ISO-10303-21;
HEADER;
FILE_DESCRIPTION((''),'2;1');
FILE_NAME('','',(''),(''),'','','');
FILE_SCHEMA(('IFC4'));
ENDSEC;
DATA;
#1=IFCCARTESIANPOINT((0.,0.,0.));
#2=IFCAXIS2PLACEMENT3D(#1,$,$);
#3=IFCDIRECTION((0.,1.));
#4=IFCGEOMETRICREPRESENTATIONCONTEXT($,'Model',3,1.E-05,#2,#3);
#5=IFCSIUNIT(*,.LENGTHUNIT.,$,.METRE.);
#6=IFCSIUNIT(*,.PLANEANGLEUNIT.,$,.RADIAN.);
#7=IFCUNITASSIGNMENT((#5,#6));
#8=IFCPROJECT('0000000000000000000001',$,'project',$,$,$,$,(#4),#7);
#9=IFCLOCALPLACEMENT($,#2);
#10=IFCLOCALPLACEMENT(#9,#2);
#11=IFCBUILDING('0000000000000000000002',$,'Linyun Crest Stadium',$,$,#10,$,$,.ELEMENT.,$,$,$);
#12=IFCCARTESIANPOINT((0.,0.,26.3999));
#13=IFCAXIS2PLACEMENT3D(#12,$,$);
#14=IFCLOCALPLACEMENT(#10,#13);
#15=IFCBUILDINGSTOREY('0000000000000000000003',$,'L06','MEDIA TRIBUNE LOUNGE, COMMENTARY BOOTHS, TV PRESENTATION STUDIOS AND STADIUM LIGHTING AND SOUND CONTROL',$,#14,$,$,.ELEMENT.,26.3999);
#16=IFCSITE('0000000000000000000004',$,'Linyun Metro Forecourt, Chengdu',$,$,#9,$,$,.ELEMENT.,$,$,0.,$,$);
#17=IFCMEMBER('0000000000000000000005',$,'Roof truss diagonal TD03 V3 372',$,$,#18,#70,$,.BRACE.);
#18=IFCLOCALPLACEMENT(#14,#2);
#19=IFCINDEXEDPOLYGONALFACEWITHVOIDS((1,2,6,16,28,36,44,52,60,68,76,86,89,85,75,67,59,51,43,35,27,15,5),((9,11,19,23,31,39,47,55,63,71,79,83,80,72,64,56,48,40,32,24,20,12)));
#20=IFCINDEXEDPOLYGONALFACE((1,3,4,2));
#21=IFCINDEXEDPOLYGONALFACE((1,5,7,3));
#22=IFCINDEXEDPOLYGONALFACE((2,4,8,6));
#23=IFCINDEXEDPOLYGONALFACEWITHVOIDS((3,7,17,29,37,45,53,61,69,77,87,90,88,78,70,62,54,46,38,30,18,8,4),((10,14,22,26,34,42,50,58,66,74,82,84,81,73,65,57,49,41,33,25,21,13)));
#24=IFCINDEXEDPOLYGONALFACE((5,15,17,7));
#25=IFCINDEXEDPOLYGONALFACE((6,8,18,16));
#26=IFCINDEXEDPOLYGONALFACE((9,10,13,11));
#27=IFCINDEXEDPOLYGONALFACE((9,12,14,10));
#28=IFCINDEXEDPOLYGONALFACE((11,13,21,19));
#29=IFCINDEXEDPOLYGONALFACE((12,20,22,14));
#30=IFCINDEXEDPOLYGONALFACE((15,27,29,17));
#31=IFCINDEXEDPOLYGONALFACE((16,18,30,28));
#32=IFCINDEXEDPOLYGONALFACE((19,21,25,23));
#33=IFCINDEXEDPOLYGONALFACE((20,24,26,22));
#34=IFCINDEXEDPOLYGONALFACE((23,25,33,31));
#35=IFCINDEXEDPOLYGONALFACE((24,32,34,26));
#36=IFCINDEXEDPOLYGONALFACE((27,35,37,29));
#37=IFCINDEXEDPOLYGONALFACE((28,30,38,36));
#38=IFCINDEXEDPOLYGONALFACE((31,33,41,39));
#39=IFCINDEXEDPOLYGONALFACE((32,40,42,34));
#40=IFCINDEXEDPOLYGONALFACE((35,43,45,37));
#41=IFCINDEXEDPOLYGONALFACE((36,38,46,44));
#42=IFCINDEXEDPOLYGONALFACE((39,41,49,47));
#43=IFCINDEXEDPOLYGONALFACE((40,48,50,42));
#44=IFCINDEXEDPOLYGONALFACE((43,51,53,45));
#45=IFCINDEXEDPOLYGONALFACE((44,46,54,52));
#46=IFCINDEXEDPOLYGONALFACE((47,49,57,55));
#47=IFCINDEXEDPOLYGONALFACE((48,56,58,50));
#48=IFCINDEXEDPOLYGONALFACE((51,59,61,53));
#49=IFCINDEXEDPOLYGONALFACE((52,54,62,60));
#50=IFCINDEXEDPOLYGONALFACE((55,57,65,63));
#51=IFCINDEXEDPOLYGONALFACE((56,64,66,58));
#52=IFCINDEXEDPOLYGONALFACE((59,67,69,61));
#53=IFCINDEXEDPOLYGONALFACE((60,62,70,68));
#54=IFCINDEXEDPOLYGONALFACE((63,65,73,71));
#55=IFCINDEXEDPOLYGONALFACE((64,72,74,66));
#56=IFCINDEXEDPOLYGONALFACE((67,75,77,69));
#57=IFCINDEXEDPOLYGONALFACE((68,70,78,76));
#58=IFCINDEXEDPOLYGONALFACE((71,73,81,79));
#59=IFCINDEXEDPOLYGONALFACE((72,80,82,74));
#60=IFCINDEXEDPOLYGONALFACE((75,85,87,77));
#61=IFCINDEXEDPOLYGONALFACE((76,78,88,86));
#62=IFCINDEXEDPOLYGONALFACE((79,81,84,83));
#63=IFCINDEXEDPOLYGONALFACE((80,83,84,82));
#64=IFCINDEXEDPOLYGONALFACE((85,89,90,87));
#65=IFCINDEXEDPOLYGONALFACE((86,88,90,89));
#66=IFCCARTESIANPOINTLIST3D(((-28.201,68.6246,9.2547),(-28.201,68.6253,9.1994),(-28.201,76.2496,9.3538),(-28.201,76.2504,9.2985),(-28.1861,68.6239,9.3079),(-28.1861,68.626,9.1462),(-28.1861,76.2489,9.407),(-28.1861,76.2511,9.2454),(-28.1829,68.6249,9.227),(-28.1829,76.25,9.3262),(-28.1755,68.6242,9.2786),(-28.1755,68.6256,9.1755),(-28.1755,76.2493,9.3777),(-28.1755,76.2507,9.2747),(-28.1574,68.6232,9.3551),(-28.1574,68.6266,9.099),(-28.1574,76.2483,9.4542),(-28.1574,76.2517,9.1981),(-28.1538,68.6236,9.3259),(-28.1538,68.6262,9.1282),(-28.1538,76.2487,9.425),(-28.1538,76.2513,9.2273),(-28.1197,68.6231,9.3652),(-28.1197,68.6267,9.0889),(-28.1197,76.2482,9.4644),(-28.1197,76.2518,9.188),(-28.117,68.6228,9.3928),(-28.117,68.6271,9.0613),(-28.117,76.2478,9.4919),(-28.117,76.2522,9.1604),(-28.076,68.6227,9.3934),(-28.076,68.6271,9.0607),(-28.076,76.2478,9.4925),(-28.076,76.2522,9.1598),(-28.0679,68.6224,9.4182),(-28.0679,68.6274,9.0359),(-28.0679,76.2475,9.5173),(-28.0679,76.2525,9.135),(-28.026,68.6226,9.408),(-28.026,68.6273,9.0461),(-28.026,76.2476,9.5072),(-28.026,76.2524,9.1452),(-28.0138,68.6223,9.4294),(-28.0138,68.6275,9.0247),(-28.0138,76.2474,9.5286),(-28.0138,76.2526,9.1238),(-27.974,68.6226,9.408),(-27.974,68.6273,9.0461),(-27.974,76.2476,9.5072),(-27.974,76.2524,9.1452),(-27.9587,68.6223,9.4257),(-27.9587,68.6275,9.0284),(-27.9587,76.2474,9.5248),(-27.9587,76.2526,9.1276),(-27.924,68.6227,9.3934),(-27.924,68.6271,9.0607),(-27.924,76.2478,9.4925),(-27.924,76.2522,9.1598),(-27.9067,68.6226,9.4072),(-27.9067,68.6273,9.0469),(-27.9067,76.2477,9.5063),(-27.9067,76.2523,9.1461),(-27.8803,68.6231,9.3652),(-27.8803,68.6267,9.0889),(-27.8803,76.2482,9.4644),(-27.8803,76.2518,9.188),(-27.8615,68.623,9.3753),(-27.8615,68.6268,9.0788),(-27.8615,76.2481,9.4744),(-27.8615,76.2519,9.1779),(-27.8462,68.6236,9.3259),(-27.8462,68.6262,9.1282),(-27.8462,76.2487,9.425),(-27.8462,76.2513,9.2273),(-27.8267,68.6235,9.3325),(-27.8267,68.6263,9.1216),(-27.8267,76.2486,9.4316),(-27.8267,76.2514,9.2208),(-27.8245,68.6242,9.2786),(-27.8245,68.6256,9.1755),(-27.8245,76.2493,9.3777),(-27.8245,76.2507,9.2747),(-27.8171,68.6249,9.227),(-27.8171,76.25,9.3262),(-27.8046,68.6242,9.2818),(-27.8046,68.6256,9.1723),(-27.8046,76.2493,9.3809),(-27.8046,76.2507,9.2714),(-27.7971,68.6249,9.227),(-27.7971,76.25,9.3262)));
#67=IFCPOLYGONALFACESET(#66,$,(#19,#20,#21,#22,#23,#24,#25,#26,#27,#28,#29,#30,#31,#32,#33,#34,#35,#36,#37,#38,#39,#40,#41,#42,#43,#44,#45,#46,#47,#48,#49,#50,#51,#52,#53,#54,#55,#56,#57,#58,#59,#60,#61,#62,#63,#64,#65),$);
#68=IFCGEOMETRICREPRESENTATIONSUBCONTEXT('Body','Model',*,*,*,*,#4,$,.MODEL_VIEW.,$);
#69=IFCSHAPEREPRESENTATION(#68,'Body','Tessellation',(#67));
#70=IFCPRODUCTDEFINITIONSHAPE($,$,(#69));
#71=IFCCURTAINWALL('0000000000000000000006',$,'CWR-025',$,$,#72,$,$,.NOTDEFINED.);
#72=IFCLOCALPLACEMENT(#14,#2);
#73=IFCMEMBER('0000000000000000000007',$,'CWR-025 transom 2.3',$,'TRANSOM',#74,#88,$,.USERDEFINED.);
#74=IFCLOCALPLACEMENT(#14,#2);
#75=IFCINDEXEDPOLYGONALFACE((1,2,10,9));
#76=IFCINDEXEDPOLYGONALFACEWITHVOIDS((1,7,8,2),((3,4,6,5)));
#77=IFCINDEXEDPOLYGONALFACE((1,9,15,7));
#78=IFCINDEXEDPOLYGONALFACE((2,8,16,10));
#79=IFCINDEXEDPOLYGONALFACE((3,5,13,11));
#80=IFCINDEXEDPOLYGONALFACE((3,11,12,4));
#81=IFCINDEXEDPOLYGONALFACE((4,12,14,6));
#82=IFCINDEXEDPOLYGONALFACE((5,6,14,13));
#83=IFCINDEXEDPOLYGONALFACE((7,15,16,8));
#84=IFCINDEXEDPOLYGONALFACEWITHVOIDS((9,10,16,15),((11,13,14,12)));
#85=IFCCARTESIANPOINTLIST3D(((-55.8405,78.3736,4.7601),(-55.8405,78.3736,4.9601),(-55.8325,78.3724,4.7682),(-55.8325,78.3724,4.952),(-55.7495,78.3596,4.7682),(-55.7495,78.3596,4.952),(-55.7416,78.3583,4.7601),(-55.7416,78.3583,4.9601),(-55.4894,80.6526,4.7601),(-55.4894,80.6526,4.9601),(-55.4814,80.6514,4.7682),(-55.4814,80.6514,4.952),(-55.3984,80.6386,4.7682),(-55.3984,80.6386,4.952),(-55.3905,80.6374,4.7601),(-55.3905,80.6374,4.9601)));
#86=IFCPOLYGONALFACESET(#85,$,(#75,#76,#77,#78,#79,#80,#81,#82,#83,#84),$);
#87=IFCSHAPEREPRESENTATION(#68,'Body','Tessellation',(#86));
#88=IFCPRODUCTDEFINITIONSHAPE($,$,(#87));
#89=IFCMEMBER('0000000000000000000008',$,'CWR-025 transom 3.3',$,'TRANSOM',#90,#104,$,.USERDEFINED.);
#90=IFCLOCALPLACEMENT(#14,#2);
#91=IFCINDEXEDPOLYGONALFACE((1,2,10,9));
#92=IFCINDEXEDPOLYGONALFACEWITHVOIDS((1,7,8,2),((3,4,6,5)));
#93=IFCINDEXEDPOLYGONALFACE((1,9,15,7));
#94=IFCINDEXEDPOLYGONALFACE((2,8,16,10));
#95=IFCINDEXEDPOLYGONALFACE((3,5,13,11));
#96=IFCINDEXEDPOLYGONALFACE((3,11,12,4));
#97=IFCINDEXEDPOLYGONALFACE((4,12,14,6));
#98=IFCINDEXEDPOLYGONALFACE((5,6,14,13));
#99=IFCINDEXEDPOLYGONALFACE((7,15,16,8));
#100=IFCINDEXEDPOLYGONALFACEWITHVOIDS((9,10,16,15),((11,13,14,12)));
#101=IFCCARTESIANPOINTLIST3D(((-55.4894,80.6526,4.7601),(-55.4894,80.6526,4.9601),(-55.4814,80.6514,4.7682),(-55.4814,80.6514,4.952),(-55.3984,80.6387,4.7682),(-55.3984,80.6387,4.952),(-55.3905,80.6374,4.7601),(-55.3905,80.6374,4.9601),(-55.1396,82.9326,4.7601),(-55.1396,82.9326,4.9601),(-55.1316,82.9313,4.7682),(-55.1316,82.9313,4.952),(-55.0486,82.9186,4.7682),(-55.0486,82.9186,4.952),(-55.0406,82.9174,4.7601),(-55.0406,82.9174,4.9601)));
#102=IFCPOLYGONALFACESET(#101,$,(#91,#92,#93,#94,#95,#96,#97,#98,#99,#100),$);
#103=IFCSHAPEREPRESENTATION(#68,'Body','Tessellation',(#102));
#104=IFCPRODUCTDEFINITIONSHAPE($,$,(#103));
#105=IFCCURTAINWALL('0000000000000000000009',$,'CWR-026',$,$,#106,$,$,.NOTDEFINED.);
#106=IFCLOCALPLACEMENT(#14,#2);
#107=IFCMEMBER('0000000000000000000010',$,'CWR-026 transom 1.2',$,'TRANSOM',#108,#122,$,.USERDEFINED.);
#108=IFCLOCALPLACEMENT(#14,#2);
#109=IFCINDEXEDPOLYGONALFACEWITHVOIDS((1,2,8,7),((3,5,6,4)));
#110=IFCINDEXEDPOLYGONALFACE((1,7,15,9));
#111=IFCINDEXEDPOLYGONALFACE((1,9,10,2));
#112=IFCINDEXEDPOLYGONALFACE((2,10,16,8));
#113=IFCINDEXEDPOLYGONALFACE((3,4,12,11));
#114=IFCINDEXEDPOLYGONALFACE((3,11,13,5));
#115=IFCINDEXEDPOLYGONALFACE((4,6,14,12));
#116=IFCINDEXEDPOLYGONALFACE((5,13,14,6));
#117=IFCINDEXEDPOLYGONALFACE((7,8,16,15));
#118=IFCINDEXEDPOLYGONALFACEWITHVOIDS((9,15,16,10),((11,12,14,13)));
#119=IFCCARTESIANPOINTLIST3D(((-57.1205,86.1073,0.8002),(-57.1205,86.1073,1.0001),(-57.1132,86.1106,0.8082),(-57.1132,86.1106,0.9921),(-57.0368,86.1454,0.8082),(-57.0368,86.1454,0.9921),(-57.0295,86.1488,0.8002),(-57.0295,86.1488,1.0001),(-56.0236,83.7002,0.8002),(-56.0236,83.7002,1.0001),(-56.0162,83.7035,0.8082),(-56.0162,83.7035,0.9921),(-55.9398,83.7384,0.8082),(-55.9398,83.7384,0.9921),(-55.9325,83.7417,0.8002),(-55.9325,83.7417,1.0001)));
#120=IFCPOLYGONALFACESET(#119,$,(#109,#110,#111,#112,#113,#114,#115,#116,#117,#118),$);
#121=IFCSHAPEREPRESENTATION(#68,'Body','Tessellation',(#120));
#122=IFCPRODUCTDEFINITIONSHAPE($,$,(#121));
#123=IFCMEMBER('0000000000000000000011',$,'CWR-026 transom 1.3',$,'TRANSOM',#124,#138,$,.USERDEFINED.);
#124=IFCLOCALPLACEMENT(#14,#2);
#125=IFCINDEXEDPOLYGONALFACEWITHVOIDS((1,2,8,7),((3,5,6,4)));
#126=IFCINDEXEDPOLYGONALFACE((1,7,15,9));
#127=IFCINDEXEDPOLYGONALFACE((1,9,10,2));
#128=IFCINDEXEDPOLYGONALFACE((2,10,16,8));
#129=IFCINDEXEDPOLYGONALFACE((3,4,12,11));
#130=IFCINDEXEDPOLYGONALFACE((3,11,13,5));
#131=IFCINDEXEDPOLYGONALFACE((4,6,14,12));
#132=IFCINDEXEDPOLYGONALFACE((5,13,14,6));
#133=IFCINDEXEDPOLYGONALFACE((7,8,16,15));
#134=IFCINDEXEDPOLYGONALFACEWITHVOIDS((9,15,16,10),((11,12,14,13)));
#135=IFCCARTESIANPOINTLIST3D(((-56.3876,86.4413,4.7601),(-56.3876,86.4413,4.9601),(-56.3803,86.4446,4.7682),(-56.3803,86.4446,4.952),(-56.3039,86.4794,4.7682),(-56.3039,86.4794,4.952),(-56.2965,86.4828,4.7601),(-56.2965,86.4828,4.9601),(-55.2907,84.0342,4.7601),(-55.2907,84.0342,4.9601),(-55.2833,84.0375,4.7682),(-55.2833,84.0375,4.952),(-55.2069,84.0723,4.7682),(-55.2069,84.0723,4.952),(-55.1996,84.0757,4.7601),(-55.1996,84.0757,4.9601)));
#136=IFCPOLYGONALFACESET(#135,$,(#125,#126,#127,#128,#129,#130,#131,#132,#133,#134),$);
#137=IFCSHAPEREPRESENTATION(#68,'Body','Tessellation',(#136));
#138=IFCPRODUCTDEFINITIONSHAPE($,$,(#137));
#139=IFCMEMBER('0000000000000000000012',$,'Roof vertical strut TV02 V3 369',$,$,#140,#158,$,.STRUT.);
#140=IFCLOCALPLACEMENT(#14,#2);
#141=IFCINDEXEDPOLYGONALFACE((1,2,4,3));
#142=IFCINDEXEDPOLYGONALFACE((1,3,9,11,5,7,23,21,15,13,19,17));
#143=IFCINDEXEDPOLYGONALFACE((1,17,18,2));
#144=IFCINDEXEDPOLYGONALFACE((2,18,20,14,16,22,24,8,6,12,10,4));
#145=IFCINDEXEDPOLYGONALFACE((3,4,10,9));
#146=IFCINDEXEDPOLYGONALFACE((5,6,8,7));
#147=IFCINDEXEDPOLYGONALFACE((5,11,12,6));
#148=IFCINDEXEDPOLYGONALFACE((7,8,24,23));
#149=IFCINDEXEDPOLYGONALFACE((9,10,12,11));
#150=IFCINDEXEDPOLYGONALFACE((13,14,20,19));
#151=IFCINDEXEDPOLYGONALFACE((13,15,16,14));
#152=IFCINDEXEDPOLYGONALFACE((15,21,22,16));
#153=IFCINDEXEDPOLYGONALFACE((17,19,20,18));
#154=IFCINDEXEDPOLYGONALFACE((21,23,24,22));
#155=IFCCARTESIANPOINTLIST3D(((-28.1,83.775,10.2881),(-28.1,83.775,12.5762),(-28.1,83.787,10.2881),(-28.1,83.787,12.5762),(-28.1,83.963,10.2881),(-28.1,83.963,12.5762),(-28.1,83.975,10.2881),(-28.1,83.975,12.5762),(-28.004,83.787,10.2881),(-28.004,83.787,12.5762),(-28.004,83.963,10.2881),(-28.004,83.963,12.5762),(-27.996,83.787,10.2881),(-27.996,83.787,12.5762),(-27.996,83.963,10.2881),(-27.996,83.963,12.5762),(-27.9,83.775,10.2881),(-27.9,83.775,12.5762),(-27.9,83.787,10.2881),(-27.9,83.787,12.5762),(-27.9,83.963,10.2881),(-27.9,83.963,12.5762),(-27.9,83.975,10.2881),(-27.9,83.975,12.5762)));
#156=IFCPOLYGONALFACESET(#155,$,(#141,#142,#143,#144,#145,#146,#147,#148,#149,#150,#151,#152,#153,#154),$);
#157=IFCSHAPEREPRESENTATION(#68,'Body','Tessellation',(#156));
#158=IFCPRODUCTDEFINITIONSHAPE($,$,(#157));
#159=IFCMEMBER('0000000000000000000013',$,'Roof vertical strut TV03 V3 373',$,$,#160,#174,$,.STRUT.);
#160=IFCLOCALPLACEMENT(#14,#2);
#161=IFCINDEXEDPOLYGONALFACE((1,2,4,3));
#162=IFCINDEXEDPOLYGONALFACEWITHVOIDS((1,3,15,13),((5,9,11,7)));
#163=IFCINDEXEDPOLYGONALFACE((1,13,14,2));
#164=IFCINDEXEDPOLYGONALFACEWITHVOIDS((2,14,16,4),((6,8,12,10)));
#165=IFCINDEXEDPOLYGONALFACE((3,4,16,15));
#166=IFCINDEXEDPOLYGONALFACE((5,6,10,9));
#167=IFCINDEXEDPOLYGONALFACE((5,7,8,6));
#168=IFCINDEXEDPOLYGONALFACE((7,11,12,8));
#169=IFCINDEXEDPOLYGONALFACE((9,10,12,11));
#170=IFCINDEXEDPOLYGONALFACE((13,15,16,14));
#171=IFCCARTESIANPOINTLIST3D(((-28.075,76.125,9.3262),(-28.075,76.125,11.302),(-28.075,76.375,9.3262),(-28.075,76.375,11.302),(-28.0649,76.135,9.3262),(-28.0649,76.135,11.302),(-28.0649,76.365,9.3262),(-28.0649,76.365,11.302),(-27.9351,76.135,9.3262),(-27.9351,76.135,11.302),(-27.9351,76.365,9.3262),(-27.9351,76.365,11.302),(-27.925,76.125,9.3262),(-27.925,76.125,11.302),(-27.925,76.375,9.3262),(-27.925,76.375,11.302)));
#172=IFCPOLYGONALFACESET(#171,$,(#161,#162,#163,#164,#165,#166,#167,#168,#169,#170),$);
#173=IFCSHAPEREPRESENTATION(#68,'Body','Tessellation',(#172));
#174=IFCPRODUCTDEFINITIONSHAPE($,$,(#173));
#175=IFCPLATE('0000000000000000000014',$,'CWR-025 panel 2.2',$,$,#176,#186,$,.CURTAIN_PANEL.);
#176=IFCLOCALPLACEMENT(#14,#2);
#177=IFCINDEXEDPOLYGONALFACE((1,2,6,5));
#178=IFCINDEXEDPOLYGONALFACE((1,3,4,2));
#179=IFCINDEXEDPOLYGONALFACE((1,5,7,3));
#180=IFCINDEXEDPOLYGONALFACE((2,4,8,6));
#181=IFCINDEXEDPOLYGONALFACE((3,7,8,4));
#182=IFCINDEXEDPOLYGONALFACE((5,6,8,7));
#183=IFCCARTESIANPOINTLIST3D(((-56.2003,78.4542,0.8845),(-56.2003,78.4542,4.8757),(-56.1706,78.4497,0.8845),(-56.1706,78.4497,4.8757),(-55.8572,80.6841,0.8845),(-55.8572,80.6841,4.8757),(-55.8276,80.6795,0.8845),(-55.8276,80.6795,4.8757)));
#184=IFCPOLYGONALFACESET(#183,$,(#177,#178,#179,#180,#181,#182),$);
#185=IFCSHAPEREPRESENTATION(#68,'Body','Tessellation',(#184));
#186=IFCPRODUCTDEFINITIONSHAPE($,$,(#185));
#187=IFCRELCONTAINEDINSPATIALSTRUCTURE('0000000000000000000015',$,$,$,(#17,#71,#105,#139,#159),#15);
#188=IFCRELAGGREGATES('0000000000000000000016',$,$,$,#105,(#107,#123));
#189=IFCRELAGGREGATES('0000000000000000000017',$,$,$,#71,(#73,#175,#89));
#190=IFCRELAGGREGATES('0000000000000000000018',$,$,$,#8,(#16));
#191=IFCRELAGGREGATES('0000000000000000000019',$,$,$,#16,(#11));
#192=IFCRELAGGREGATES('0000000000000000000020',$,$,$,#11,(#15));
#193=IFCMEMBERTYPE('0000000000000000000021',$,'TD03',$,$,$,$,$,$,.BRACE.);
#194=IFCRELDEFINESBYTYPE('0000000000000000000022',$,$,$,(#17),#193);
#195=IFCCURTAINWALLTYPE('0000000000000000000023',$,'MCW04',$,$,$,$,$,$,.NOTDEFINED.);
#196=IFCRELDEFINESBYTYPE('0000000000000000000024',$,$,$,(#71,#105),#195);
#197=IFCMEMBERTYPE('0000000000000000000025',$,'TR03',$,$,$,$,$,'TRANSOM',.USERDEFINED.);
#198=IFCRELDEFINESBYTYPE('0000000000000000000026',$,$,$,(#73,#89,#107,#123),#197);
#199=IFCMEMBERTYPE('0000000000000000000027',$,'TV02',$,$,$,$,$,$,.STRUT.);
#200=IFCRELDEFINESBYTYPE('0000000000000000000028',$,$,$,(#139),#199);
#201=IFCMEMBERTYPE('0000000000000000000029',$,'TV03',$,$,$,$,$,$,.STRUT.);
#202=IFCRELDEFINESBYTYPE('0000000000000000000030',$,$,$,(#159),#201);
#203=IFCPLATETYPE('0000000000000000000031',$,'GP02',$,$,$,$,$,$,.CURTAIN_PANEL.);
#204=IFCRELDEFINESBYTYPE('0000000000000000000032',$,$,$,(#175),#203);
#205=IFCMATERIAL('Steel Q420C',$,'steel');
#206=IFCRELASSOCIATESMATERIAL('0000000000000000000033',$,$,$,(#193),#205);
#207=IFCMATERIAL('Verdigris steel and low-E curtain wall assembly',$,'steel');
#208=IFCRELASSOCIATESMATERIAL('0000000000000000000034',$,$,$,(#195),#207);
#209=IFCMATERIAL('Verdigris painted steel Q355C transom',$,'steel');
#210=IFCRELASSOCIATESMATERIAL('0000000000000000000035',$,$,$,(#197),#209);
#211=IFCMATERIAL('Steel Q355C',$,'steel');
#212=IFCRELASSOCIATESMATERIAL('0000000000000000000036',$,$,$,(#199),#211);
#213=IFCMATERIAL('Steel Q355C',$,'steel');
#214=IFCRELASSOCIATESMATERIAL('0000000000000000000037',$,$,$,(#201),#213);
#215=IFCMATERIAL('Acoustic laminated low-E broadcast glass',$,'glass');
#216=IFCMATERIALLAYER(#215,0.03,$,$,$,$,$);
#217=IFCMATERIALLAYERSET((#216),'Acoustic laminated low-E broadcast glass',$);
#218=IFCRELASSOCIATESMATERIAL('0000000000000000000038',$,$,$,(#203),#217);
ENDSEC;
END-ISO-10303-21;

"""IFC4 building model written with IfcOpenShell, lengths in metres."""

from ifc_helpers import new_model, si_unit, direction, frame, origin, origin_2d, place, context, subcontext, project, spatial, rectangle, hollow_rectangle, hollow_circle, i_section, extrude, material, layer, layer_set, material_profile, profile_set, type_object, element, aggregate, save


model = new_model("IFC4")

# Units and contexts
model_context = context("Model", 3, precision=1e-05, world=origin(), true_north=direction((0.0, 1.0)))
body_context = subcontext(model_context, "Body", "Model", "MODEL_VIEW")
ifc_project = project(units=[si_unit("LENGTHUNIT", "METRE"), si_unit("PLANEANGLEUNIT", "RADIAN")], contexts=[model_context])

# Site, building, storey
site_placement = place(None, origin())
site = spatial("IfcSite", under=ifc_project, at=site_placement, Name="Linyun Metro Forecourt, Chengdu", CompositionType="ELEMENT", RefElevation=0.0)
building_placement = place(site_placement, origin())
building = spatial("IfcBuilding", under=site, at=building_placement, Name="Linyun Crest Stadium", CompositionType="ELEMENT")
storey_placement = place(building_placement, frame((0.0, 0.0, 26.3999)))
storey = spatial("IfcBuildingStorey", under=building, at=storey_placement, Name="L06", Description="MEDIA TRIBUNE LOUNGE, COMMENTARY BOOTHS, TV PRESENTATION STUDIOS AND STADIUM LIGHTING AND SOUND CONTROL", CompositionType="ELEMENT", Elevation=26.3999)

# Member
ifc_material_1 = material(Name="Steel Q420C", Category="steel")
ifc_material_profile_1 = material_profile(ifc_material_1, hollow_circle(Radius=0.2029, WallThickness=0.02, at=origin_2d()), Name="CHS 406x20")
ifc_profile_set_1 = profile_set([ifc_material_profile_1], Name="Steel Q420C")
member_type_1 = type_object("IfcMemberType", Name="TD03", PredefinedType="BRACE", material=ifc_profile_set_1)
member_1_placement = place(storey_placement, frame((-28.0, 76.25, 9.3262), z_axis=(0.0, -0.999916, -0.012998), x_axis=(1.0, 0.0, 0.0)))
element("IfcMember", 1, at=member_1_placement, inside=storey, type_object=member_type_1, Name="Roof truss diagonal TD03 V3 372", PredefinedType="BRACE", context=body_context, shape_type="SweptSolid", body=[
    extrude(hollow_circle(Radius=0.2029, WallThickness=0.02, at=origin_2d()), origin(), (0.0, 0.0, 1.0), 7.6257),
])

# Curtain walls, members
ifc_material_2 = material(Name="Verdigris steel and low-E curtain wall assembly", Category="steel")
curtain_wall_type = type_object("IfcCurtainWallType", Name="MCW04", PredefinedType="NOTDEFINED", material=ifc_material_2)
curtain_wall_1_placement = place(storey_placement, origin())
curtain_wall_1 = element("IfcCurtainWall", 2, at=curtain_wall_1_placement, inside=storey, type_object=curtain_wall_type, Name="CWR-025", PredefinedType="NOTDEFINED")
ifc_material_3 = material(Name="Verdigris painted steel Q355C transom", Category="steel")
ifc_material_profile_2 = material_profile(ifc_material_3, hollow_rectangle(XDim=0.1001, YDim=0.2, WallThickness=0.0081, at=origin_2d()), Name="RHS 200x100x8")
ifc_profile_set_2 = profile_set([ifc_material_profile_2], Name="Verdigris painted steel Q355C transom")
member_type_2 = type_object("IfcMemberType", Name="TR03", ElementType="TRANSOM", PredefinedType="USERDEFINED", material=ifc_profile_set_2)
member_2_placement = place(storey_placement, frame((-55.791, 78.366, 4.8601), z_axis=(0.152248, 0.988342, 0.0), x_axis=(-0.988342, 0.152248, 0.0)))
member_2 = element("IfcMember", 3, at=member_2_placement, type_object=member_type_2, Name="CWR-025 transom 2.3", ObjectType="TRANSOM", PredefinedType="USERDEFINED", context=body_context, shape_type="SweptSolid", body=[
    extrude(hollow_rectangle(XDim=0.1001, YDim=0.2, WallThickness=0.0081, at=origin_2d()), origin(), (0.0, 0.0, 1.0), 2.3059),
])
member_3_placement = place(storey_placement, frame((-55.4399, 80.645, 4.8601), z_axis=(0.151667, 0.988432, 0.0), x_axis=(-0.988432, 0.151667, 0.0)))
member_3 = element("IfcMember", 4, at=member_3_placement, type_object=member_type_2, Name="CWR-025 transom 3.3", ObjectType="TRANSOM", PredefinedType="USERDEFINED", context=body_context, shape_type="SweptSolid", body=[
    extrude(hollow_rectangle(XDim=0.1001, YDim=0.2, WallThickness=0.0081, at=origin_2d()), origin(), (0.0, 0.0, 1.0), 2.3066),
])
curtain_wall_2_placement = place(storey_placement, origin())
curtain_wall_2 = element("IfcCurtainWall", 5, at=curtain_wall_2_placement, inside=storey, type_object=curtain_wall_type, Name="CWR-026", PredefinedType="NOTDEFINED")
member_4_placement = place(storey_placement, frame((-55.978, 83.7209, 0.9001), z_axis=(-0.414693, 0.909961, 0.0), x_axis=(-0.909961, -0.414693, 0.0)))
member_4 = element("IfcMember", 6, at=member_4_placement, type_object=member_type_2, Name="CWR-026 transom 1.2", ObjectType="TRANSOM", PredefinedType="USERDEFINED", context=body_context, shape_type="SweptSolid", body=[
    extrude(hollow_rectangle(XDim=0.1001, YDim=0.2, WallThickness=0.0081, at=origin_2d()), origin(), (0.0, 0.0, 1.0), 2.6453),
])
member_5_placement = place(storey_placement, frame((-55.2451, 84.0549, 4.8601), z_axis=(-0.414693, 0.909961, 0.0), x_axis=(-0.909961, -0.414693, 0.0)))
member_5 = element("IfcMember", 7, at=member_5_placement, type_object=member_type_2, Name="CWR-026 transom 1.3", ObjectType="TRANSOM", PredefinedType="USERDEFINED", context=body_context, shape_type="SweptSolid", body=[
    extrude(hollow_rectangle(XDim=0.1001, YDim=0.2, WallThickness=0.0081, at=origin_2d()), origin(), (0.0, 0.0, 1.0), 2.6453),
])
aggregate(curtain_wall_2, [member_4, member_5])

# Members
ifc_material_4 = material(Name="Steel Q355C", Category="steel")
ifc_material_profile_3 = material_profile(ifc_material_4, i_section(OverallWidth=0.2, OverallDepth=0.2, WebThickness=0.0081, FlangeThickness=0.012, at=origin_2d()), Name="HW 200x200")
ifc_profile_set_3 = profile_set([ifc_material_profile_3], Name="Steel Q355C")
member_type_3 = type_object("IfcMemberType", Name="TV02", PredefinedType="STRUT", material=ifc_profile_set_3)
member_6_placement = place(storey_placement, frame((-28.0, 83.875, 10.2881), z_axis=(0.0, 0.0, 1.0), x_axis=(1.0, 0.0, 0.0)))
element("IfcMember", 8, at=member_6_placement, inside=storey, type_object=member_type_3, Name="Roof vertical strut TV02 V3 369", PredefinedType="STRUT", context=body_context, shape_type="SweptSolid", body=[
    extrude(i_section(OverallWidth=0.2, OverallDepth=0.2, WebThickness=0.0081, FlangeThickness=0.012, at=origin_2d()), origin(), (0.0, 0.0, 1.0), 2.2881),
])
ifc_material_5 = material(Name="Steel Q355C", Category="steel")
ifc_material_profile_4 = material_profile(ifc_material_5, hollow_rectangle(XDim=0.1499, YDim=0.25, WallThickness=0.01, at=origin_2d()), Name="RHS 250x150x10")
ifc_profile_set_4 = profile_set([ifc_material_profile_4], Name="Steel Q355C")
member_type_4 = type_object("IfcMemberType", Name="TV03", PredefinedType="STRUT", material=ifc_profile_set_4)
member_7_placement = place(storey_placement, frame((-28.0, 76.25, 9.3262), z_axis=(0.0, 0.0, 1.0), x_axis=(1.0, 0.0, 0.0)))
element("IfcMember", 9, at=member_7_placement, inside=storey, type_object=member_type_4, Name="Roof vertical strut TV03 V3 373", PredefinedType="STRUT", context=body_context, shape_type="SweptSolid", body=[
    extrude(hollow_rectangle(XDim=0.1499, YDim=0.25, WallThickness=0.01, at=origin_2d()), origin(), (0.0, 0.0, 1.0), 1.9758),
])

# Plate
ifc_material_6 = material(Name="Acoustic laminated low-E broadcast glass", Category="glass")
ifc_layer_1 = layer(ifc_material_6, 0.03)
ifc_layer_set_1 = layer_set([ifc_layer_1], Name="Acoustic laminated low-E broadcast glass")
plate_type_1 = type_object("IfcPlateType", Name="GP02", PredefinedType="CURTAIN_PANEL", material=ifc_layer_set_1)
plate_1_placement = place(storey_placement, frame((-56.0139, 79.5669, 0.8845), z_axis=(0.0, 0.0, 1.0), x_axis=(0.152054, 0.988372, 0.0)))
plate_1 = element("IfcPlate", 10, at=plate_1_placement, type_object=plate_type_1, Name="CWR-025 panel 2.2", PredefinedType="CURTAIN_PANEL", context=body_context, shape_type="SweptSolid", body=[
    extrude(rectangle(XDim=2.2561, YDim=0.03, at=origin_2d()), origin(), (0.0, 0.0, 1.0), 3.9912),
])
aggregate(curtain_wall_1, [member_2, plate_1, member_3])

save(model, "model.ifc")
